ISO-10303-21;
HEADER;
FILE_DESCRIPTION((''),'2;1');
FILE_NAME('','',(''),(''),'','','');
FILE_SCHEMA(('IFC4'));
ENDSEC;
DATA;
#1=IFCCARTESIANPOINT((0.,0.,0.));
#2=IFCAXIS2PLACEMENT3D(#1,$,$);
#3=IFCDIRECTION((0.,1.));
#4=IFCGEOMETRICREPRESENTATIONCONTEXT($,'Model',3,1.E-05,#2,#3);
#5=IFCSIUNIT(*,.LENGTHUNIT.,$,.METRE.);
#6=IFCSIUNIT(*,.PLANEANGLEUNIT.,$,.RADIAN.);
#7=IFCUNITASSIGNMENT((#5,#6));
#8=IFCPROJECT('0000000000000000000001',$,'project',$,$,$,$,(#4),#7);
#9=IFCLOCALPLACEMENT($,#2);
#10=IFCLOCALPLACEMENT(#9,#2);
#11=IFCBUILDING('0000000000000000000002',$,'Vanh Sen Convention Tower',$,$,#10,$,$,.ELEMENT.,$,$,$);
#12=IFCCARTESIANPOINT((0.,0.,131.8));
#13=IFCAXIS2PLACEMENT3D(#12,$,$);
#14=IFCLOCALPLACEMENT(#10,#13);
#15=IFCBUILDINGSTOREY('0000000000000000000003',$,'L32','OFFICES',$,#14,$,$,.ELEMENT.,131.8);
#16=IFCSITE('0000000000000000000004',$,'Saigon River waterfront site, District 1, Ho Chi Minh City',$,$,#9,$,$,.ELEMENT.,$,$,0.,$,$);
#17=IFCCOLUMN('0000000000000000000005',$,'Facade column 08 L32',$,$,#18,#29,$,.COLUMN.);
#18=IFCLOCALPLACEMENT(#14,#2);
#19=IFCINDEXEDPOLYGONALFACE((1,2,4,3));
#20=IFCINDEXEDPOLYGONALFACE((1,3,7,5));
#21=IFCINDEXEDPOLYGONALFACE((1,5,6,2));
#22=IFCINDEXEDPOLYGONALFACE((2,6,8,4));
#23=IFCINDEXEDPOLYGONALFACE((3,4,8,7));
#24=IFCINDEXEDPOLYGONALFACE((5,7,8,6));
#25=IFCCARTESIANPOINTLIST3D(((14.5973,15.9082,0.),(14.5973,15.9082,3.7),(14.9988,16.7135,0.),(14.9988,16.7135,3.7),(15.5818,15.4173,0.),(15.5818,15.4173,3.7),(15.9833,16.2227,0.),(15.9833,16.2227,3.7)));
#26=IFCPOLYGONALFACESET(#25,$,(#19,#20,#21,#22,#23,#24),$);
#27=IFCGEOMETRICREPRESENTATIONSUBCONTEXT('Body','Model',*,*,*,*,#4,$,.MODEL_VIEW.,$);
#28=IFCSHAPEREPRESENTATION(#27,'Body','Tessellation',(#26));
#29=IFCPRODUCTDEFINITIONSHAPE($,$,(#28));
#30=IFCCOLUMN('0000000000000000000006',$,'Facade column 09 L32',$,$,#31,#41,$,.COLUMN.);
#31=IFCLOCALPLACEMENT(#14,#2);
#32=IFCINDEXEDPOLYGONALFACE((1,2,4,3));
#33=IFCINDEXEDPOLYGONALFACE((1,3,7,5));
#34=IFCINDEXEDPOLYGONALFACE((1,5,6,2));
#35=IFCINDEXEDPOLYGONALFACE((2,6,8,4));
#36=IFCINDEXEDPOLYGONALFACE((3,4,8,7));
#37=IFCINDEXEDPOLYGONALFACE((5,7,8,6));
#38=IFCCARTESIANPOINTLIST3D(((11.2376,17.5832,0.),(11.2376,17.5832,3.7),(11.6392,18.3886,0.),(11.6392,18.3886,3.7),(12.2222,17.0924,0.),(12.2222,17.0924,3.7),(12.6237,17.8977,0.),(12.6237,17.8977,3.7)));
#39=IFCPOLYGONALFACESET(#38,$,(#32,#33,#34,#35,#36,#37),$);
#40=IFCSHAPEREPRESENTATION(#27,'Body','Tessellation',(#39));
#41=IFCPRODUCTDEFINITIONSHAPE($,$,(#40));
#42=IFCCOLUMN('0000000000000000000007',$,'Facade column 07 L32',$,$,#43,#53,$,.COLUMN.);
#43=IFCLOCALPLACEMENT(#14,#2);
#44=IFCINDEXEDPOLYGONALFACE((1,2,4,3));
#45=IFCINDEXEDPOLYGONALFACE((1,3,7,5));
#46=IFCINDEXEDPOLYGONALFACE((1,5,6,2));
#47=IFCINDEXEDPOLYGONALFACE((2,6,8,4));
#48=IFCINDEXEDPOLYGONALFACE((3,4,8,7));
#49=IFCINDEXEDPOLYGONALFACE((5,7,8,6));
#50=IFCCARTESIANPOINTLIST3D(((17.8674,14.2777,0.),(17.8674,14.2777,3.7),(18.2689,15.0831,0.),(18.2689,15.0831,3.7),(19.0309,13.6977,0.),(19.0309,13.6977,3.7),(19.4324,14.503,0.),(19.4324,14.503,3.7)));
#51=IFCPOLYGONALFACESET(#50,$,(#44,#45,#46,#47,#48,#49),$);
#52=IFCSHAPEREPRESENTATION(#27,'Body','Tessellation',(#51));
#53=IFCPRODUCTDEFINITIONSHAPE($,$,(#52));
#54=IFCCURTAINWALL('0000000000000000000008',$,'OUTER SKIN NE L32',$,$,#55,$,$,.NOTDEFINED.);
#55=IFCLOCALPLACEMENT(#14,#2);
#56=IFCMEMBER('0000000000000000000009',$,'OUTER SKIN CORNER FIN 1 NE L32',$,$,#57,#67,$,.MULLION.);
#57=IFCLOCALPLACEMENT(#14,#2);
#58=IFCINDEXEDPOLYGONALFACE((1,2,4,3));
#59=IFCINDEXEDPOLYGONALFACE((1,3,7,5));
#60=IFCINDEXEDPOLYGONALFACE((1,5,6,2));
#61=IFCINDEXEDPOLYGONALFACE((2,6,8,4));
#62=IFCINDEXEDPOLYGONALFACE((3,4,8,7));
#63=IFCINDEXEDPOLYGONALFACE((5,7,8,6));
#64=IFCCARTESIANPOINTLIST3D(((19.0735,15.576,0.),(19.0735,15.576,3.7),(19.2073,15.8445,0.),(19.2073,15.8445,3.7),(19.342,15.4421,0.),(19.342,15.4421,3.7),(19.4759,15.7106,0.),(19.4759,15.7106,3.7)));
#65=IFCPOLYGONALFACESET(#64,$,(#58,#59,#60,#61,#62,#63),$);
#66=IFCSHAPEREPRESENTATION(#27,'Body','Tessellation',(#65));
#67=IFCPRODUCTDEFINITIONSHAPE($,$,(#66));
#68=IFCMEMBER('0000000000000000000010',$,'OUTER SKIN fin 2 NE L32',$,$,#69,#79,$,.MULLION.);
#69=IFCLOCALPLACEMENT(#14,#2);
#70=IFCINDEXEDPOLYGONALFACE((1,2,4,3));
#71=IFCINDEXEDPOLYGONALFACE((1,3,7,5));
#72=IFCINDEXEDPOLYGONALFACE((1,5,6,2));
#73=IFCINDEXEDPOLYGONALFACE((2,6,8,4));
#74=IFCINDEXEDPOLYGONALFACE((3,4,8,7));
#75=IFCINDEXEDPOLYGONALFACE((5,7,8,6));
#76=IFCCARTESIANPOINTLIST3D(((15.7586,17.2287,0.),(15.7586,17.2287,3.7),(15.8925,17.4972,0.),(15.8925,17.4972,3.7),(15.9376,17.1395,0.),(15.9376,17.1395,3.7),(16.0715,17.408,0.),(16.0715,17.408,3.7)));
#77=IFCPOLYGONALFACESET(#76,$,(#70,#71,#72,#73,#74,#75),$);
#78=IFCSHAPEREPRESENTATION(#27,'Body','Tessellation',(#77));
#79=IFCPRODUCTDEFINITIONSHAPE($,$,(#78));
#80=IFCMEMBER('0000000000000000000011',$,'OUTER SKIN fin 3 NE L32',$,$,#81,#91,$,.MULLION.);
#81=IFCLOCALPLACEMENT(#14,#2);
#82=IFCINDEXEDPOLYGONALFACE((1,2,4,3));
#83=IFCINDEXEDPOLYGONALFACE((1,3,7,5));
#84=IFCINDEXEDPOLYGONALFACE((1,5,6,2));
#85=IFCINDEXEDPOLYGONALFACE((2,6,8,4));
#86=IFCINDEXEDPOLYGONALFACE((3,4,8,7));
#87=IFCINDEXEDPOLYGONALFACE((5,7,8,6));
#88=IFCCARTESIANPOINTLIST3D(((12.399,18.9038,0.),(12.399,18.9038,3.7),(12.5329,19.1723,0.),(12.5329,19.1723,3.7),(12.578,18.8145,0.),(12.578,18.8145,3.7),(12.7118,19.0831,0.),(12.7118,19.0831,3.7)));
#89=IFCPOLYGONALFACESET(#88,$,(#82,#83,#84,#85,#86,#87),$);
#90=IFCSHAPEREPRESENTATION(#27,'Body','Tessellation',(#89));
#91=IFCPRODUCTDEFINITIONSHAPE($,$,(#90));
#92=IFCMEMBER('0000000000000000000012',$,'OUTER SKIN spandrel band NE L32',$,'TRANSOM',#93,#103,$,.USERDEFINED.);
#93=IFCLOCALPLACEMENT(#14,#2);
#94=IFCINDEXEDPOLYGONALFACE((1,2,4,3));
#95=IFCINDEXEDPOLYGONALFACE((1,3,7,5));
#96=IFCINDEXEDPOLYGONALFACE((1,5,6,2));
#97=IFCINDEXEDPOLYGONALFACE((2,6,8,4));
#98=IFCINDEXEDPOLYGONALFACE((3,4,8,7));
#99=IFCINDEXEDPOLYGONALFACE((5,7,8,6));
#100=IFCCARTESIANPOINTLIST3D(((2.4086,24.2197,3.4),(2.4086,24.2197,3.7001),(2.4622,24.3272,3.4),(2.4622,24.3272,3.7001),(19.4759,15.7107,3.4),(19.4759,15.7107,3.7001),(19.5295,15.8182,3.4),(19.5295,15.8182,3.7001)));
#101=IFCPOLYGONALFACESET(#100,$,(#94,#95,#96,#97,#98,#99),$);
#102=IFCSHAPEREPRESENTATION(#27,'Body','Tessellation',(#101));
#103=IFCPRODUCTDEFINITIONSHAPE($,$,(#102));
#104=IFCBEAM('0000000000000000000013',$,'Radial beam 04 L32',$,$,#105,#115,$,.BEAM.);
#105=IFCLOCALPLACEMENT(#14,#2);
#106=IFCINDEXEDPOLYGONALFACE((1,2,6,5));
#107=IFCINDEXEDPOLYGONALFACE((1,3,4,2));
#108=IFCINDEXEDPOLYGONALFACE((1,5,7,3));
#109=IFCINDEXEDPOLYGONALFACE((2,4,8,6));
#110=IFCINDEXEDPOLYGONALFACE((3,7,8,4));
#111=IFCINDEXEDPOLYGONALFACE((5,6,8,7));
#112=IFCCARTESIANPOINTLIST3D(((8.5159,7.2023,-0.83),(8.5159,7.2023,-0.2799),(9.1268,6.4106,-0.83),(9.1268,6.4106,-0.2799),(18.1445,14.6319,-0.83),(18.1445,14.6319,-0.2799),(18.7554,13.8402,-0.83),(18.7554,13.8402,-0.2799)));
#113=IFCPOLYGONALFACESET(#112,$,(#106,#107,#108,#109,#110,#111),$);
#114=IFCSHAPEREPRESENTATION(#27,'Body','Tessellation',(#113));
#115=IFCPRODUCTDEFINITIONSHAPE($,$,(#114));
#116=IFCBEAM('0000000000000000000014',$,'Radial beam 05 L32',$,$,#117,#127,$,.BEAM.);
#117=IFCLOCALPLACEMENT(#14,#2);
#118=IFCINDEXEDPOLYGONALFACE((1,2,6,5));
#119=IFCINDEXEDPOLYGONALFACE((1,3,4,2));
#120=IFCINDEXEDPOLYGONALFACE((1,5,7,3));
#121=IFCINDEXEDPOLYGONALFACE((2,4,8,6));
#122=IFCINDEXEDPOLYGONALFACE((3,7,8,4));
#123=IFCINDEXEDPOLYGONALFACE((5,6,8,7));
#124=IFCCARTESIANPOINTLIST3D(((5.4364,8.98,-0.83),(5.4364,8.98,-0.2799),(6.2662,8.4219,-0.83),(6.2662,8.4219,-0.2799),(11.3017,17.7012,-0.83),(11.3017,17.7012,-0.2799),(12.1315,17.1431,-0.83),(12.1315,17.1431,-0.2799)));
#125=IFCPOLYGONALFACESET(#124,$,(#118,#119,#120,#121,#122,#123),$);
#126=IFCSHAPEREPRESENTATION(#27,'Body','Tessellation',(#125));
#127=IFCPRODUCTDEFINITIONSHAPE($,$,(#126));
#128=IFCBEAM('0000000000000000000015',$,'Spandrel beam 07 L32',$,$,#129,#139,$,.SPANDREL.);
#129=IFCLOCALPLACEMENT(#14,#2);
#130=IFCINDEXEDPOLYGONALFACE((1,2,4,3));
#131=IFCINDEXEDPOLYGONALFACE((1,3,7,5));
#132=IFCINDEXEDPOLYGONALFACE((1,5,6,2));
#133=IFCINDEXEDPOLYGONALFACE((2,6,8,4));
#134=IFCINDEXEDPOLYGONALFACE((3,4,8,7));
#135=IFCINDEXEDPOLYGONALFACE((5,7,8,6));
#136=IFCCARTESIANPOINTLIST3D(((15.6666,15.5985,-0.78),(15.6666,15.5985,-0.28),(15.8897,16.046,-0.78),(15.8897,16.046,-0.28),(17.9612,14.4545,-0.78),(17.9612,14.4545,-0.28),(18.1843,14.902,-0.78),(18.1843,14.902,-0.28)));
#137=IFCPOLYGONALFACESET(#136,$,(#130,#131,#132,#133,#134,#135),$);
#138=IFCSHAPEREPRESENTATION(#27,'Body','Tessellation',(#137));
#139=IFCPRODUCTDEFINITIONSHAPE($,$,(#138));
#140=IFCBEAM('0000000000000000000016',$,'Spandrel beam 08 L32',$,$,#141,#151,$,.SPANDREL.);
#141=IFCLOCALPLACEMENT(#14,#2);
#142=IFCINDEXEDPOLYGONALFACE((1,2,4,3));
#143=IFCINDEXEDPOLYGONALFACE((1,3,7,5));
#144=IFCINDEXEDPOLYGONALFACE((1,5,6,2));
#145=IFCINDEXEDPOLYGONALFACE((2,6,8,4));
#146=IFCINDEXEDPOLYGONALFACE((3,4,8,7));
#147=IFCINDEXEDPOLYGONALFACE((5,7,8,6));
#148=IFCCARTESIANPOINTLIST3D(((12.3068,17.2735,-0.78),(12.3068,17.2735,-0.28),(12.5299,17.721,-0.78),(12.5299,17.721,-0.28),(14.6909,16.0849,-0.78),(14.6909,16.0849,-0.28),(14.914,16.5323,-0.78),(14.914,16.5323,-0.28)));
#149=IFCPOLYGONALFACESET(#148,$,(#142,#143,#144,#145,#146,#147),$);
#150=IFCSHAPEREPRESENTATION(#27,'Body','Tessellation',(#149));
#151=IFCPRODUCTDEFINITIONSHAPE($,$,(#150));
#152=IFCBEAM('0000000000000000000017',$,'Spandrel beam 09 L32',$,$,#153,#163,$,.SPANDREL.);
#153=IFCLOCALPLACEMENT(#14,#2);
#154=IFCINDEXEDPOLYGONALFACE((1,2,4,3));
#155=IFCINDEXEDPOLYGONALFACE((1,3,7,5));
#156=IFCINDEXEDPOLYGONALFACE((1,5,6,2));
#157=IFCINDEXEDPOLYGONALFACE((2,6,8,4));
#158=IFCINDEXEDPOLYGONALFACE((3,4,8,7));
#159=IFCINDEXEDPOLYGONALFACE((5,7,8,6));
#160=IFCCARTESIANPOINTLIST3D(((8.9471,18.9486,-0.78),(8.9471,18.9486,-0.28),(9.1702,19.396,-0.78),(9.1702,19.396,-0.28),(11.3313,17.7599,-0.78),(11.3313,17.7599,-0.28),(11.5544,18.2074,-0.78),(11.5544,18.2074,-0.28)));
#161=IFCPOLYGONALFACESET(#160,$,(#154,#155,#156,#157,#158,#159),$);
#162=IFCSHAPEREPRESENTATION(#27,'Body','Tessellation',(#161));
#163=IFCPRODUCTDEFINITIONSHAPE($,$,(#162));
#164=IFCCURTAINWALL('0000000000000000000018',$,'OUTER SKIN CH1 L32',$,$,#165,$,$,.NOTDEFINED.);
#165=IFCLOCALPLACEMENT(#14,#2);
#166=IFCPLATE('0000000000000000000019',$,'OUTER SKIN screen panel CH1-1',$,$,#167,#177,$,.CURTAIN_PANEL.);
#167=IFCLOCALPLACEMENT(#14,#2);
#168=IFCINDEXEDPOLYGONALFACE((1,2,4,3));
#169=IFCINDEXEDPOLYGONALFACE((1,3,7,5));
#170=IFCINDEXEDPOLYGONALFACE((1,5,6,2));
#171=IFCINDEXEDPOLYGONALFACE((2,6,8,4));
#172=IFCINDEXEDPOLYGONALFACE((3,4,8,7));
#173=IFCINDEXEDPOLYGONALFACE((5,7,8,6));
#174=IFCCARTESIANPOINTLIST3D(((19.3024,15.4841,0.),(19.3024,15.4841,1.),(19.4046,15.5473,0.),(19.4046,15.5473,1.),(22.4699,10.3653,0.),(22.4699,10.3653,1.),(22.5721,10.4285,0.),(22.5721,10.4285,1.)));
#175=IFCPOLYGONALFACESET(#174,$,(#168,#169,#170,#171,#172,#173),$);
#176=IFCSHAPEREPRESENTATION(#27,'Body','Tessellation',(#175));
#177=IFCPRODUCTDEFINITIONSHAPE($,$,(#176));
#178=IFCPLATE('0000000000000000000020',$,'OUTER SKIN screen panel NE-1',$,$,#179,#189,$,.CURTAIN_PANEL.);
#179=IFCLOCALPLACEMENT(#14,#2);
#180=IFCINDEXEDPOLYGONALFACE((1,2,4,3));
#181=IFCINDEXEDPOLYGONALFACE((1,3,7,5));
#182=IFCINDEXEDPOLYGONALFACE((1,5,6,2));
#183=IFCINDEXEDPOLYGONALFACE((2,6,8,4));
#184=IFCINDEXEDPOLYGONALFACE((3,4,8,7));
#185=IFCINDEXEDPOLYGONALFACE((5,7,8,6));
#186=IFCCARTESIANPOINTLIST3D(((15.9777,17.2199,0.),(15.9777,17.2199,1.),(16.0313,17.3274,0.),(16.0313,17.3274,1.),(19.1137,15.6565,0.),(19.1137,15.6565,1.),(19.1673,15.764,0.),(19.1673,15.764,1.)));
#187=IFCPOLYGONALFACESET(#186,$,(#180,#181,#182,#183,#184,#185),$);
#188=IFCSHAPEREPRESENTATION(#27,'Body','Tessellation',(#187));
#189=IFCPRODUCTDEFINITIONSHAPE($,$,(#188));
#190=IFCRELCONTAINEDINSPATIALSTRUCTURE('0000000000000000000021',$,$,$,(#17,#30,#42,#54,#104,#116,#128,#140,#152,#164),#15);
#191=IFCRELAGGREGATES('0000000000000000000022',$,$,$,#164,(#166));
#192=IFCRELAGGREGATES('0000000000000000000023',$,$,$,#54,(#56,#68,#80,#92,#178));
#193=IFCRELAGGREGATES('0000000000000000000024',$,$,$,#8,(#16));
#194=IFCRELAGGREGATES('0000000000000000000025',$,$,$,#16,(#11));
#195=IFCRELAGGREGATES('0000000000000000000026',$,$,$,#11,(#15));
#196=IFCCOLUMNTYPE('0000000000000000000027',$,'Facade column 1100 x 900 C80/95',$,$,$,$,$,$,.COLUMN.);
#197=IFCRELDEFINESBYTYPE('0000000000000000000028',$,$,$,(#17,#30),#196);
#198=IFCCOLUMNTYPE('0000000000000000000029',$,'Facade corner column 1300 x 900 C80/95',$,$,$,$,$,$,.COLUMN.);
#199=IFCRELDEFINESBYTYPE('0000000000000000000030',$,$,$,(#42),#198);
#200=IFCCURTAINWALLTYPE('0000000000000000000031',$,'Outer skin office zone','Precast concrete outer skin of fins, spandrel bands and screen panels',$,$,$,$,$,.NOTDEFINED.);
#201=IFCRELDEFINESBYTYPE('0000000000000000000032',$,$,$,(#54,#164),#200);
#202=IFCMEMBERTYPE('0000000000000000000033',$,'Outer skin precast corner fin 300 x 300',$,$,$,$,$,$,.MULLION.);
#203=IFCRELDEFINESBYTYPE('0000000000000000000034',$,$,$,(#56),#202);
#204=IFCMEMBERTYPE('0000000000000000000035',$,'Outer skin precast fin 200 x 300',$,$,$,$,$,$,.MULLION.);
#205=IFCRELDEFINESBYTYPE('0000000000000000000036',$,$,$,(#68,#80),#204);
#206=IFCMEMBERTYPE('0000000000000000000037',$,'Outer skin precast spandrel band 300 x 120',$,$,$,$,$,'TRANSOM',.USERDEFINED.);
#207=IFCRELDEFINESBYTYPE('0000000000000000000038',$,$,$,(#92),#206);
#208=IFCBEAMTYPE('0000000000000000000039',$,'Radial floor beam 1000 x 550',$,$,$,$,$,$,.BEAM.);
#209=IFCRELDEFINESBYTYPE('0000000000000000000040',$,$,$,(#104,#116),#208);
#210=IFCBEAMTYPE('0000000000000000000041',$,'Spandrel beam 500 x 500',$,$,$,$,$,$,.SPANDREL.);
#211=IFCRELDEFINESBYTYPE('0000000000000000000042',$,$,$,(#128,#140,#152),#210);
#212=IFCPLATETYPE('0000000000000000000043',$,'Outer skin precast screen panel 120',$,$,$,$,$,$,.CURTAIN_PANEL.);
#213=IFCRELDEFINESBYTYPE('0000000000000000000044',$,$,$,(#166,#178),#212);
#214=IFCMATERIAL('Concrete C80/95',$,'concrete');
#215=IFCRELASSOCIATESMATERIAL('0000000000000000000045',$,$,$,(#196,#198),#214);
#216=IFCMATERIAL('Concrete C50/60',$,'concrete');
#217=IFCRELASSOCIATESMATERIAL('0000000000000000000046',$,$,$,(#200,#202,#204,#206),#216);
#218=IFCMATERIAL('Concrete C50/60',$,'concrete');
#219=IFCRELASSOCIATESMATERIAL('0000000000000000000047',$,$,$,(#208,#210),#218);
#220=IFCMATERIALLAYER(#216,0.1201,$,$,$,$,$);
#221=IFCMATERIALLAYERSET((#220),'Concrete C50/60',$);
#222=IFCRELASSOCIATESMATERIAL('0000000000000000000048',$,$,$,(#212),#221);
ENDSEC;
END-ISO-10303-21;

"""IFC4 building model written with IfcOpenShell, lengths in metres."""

from ifc_helpers import new_model, si_unit, direction, frame, origin, origin_2d, place, context, subcontext, project, spatial, rectangle, extrude, material, layer, layer_set, material_profile, profile_set, type_object, element, aggregate, save


model = new_model("IFC4")

# Units and contexts
model_context = context("Model", 3, precision=1e-05, world=origin(), true_north=direction((0.0, 1.0)))
body_context = subcontext(model_context, "Body", "Model", "MODEL_VIEW")
ifc_project = project(units=[si_unit("LENGTHUNIT", "METRE"), si_unit("PLANEANGLEUNIT", "RADIAN")], contexts=[model_context])

# Site, building, storey
site_placement = place(None, origin())
site = spatial("IfcSite", under=ifc_project, at=site_placement, Name="Saigon River waterfront site, District 1, Ho Chi Minh City", CompositionType="ELEMENT", RefElevation=0.0)
building_placement = place(site_placement, origin())
building = spatial("IfcBuilding", under=site, at=building_placement, Name="Vanh Sen Convention Tower", CompositionType="ELEMENT")
storey_placement = place(building_placement, frame((0.0, 0.0, 131.8)))
storey = spatial("IfcBuildingStorey", under=building, at=storey_placement, Name="L32", Description="OFFICES", CompositionType="ELEMENT", Elevation=131.8)

# Columns
ifc_material_1 = material(Name="Concrete C80/95", Category="concrete")
ifc_material_profile_1 = material_profile(ifc_material_1, rectangle(XDim=1.1001, YDim=0.8999, at=origin_2d()), Name="RC 1100X900")
ifc_profile_set_1 = profile_set([ifc_material_profile_1], Name="Concrete C80/95")
column_type_1 = type_object("IfcColumnType", Name="Facade column 1100 x 900 C80/95", PredefinedType="COLUMN", material=ifc_profile_set_1)
for number, where, z_axis, x_axis, name in (
    (1, (15.2903, 16.0654, 0.0), (0.0, 0.0, 1.0), (-0.894934, 0.446198, 0.0), "Facade column 08 L32"),
    (2, (11.9307, 17.7405, 0.0), (0.0, 0.0, 1.0), (-0.894934, 0.446198, 0.0), "Facade column 09 L32"),
):
    element("IfcColumn", number, at=place(storey_placement, frame(where, z_axis=z_axis, x_axis=x_axis)), inside=storey, type_object=column_type_1, Name=name, PredefinedType="COLUMN", context=body_context, shape_type="SweptSolid", body=[
        extrude(rectangle(XDim=1.1001, YDim=0.8999, at=origin_2d()), origin(), (0.0, 0.0, 1.0), 3.7),
    ])
ifc_material_profile_2 = material_profile(ifc_material_1, rectangle(XDim=1.3, YDim=0.8999, at=origin_2d()), Name="RC 1300X900")
ifc_profile_set_2 = profile_set([ifc_material_profile_2], Name="Concrete C80/95")
column_type_2 = type_object("IfcColumnType", Name="Facade corner column 1300 x 900 C80/95", PredefinedType="COLUMN", material=ifc_profile_set_2)
column_placement = place(storey_placement, frame((18.6499, 14.3904, 0.0), z_axis=(0.0, 0.0, 1.0), x_axis=(-0.894934, 0.446198, 0.0)))
element("IfcColumn", 3, at=column_placement, inside=storey, type_object=column_type_2, Name="Facade column 07 L32", PredefinedType="COLUMN", context=body_context, shape_type="SweptSolid", body=[
    extrude(rectangle(XDim=1.3, YDim=0.8999, at=origin_2d()), origin(), (0.0, 0.0, 1.0), 3.7),
])

# Curtain wall, members
ifc_material_2 = material(Name="Concrete C50/60", Category="concrete")
curtain_wall_type = type_object("IfcCurtainWallType", Name="Outer skin office zone", Description="Precast concrete outer skin of fins, spandrel bands and screen panels", PredefinedType="NOTDEFINED", material=ifc_material_2)
curtain_wall_1_placement = place(storey_placement, origin())
curtain_wall_1 = element("IfcCurtainWall", 4, at=curtain_wall_1_placement, inside=storey, type_object=curtain_wall_type, Name="OUTER SKIN NE L32", PredefinedType="NOTDEFINED")
ifc_material_profile_3 = material_profile(ifc_material_2, rectangle(XDim=0.3, YDim=0.3, at=origin_2d()), Name="Outer skin precast corner fin 300 x 300")
ifc_profile_set_3 = profile_set([ifc_material_profile_3], Name="Concrete C50/60")
member_type_1 = type_object("IfcMemberType", Name="Outer skin precast corner fin 300 x 300", PredefinedType="MULLION", material=ifc_profile_set_3)
member_1_placement = place(storey_placement, frame((19.2747, 15.6433, 0.0), z_axis=(0.0, 0.0, 1.0), x_axis=(-0.894934, 0.446198, 0.0)))
member_1 = element("IfcMember", 5, at=member_1_placement, type_object=member_type_1, Name="OUTER SKIN CORNER FIN 1 NE L32", PredefinedType="MULLION", context=body_context, shape_type="SweptSolid", body=[
    extrude(rectangle(XDim=0.3, YDim=0.3, at=origin_2d()), origin(), (0.0, 0.0, 1.0), 3.7),
])
ifc_material_profile_4 = material_profile(ifc_material_2, rectangle(XDim=0.2, YDim=0.3, at=origin_2d()), Name="Outer skin precast fin 200 x 300")
ifc_profile_set_4 = profile_set([ifc_material_profile_4], Name="Concrete C50/60")
member_type_2 = type_object("IfcMemberType", Name="Outer skin precast fin 200 x 300", PredefinedType="MULLION", material=ifc_profile_set_4)
member_2_placement = place(storey_placement, frame((15.915, 17.3184, 0.0), z_axis=(0.0, 0.0, 1.0), x_axis=(-0.894934, 0.446198, 0.0)))
member_2 = element("IfcMember", 6, at=member_2_placement, type_object=member_type_2, Name="OUTER SKIN fin 2 NE L32", PredefinedType="MULLION", context=body_context, shape_type="SweptSolid", body=[
    extrude(rectangle(XDim=0.2, YDim=0.3, at=origin_2d()), origin(), (0.0, 0.0, 1.0), 3.7),
])
member_3_placement = place(storey_placement, frame((12.5554, 18.9934, 0.0), z_axis=(0.0, 0.0, 1.0), x_axis=(-0.894934, 0.446198, 0.0)))
member_3 = element("IfcMember", 7, at=member_3_placement, type_object=member_type_2, Name="OUTER SKIN fin 3 NE L32", PredefinedType="MULLION", context=body_context, shape_type="SweptSolid", body=[
    extrude(rectangle(XDim=0.2, YDim=0.3, at=origin_2d()), origin(), (0.0, 0.0, 1.0), 3.7),
])
ifc_material_profile_5 = material_profile(ifc_material_2, rectangle(XDim=0.1201, YDim=0.3, at=origin_2d()), Name="Outer skin precast spandrel band 300 x 120")
ifc_profile_set_5 = profile_set([ifc_material_profile_5], Name="Concrete C50/60")
member_type_3 = type_object("IfcMemberType", Name="Outer skin precast spandrel band 300 x 120", ElementType="TRANSOM", PredefinedType="USERDEFINED", material=ifc_profile_set_5)
member_4_placement = place(storey_placement, frame((19.5027, 15.7644, 3.55), z_axis=(-0.894941, 0.446184, 0.0), x_axis=(-0.446184, -0.894941, 0.0)))
member_4 = element("IfcMember", 8, at=member_4_placement, type_object=member_type_3, Name="OUTER SKIN spandrel band NE L32", ObjectType="TRANSOM", PredefinedType="USERDEFINED", context=body_context, shape_type="SweptSolid", body=[
    extrude(rectangle(XDim=0.1201, YDim=0.3, at=origin_2d()), origin(), (0.0, 0.0, 1.0), 19.0708),
])

# Beams
ifc_material_3 = material(Name="Concrete C50/60", Category="concrete")
ifc_material_profile_6 = material_profile(ifc_material_3, rectangle(XDim=1.0, YDim=0.55, at=origin_2d()), Name="RC 1000X550")
ifc_profile_set_6 = profile_set([ifc_material_profile_6], Name="Concrete C50/60")
beam_type_1 = type_object("IfcBeamType", Name="Radial floor beam 1000 x 550", PredefinedType="BEAM", material=ifc_profile_set_6)
beam_1_placement = place(storey_placement, frame((18.45, 14.2361, -0.5549), z_axis=(-0.791708, -0.610899, 0.0), x_axis=(0.610899, -0.791708, 0.0)))
element("IfcBeam", 9, at=beam_1_placement, inside=storey, type_object=beam_type_1, Name="Radial beam 04 L32", PredefinedType="BEAM", context=body_context, shape_type="SweptSolid", body=[
    extrude(rectangle(XDim=1.0, YDim=0.55, at=origin_2d()), origin(), (0.0, 0.0, 1.0), 12.1619),
])
beam_2_placement = place(storey_placement, frame((11.7166, 17.4221, -0.5549), z_axis=(-0.558062, -0.829799, 0.0), x_axis=(0.829799, -0.558062, 0.0)))
element("IfcBeam", 10, at=beam_2_placement, inside=storey, type_object=beam_type_1, Name="Radial beam 05 L32", PredefinedType="BEAM", context=body_context, shape_type="SweptSolid", body=[
    extrude(rectangle(XDim=1.0, YDim=0.55, at=origin_2d()), origin(), (0.0, 0.0, 1.0), 10.51),
])
ifc_material_profile_7 = material_profile(ifc_material_3, rectangle(XDim=0.5, YDim=0.5, at=origin_2d()), Name="RC 500X500")
ifc_profile_set_7 = profile_set([ifc_material_profile_7], Name="Concrete C50/60")
beam_type_2 = type_object("IfcBeamType", Name="Spandrel beam 500 x 500", PredefinedType="SPANDREL", material=ifc_profile_set_7)
beam_3_placement = place(storey_placement, frame((18.0728, 14.6782, -0.53), z_axis=(-0.894941, 0.446185, 0.0), x_axis=(-0.446185, -0.894941, 0.0)))
element("IfcBeam", 11, at=beam_3_placement, inside=storey, type_object=beam_type_2, Name="Spandrel beam 07 L32", PredefinedType="SPANDREL", context=body_context, shape_type="SweptSolid", body=[
    extrude(rectangle(XDim=0.5, YDim=0.5, at=origin_2d()), origin(), (0.0, 0.0, 1.0), 2.564),
])
for number, where, z_axis, x_axis, name in (
    (12, (14.8025, 16.3086, -0.53), (-0.89494, 0.446187, 0.0), (-0.446187, -0.89494, 0.0), "Spandrel beam 08 L32"),
    (13, (11.4429, 17.9836, -0.53), (-0.89494, 0.446187, 0.0), (-0.446187, -0.89494, 0.0), "Spandrel beam 09 L32"),
):
    element("IfcBeam", number, at=place(storey_placement, frame(where, z_axis=z_axis, x_axis=x_axis)), inside=storey, type_object=beam_type_2, Name=name, PredefinedType="SPANDREL", context=body_context, shape_type="SweptSolid", body=[
        extrude(rectangle(XDim=0.5, YDim=0.5, at=origin_2d()), origin(), (0.0, 0.0, 1.0), 2.6641),
    ])

# Curtain wall, plate
curtain_wall_2_placement = place(storey_placement, origin())
curtain_wall_2 = element("IfcCurtainWall", 14, at=curtain_wall_2_placement, inside=storey, type_object=curtain_wall_type, Name="OUTER SKIN CH1 L32", PredefinedType="NOTDEFINED")
ifc_layer_1 = layer(ifc_material_2, 0.1201)
ifc_layer_set_1 = layer_set([ifc_layer_1], Name="Concrete C50/60")
plate_type = type_object("IfcPlateType", Name="Outer skin precast screen panel 120", PredefinedType="CURTAIN_PANEL", material=ifc_layer_set_1)
plate_1_placement = place(storey_placement, frame((20.9373, 12.9563, 0.0), z_axis=(0.0, 0.0, 1.0), x_axis=(-0.526204, 0.850359, 0.0)))
plate_1 = element("IfcPlate", 15, at=plate_1_placement, type_object=plate_type, Name="OUTER SKIN screen panel CH1-1", PredefinedType="CURTAIN_PANEL", context=body_context, shape_type="SweptSolid", body=[
    extrude(rectangle(XDim=6.0195, YDim=0.1201, at=origin_2d()), origin(), (0.0, 0.0, 1.0), 1.0),
])
aggregate(curtain_wall_2, [plate_1])

# Plate
plate_2_placement = place(storey_placement, frame((17.5725, 16.4919, 0.0), z_axis=(0.0, 0.0, 1.0), x_axis=(-0.894944, 0.446179, 0.0)))
plate_2 = element("IfcPlate", 16, at=plate_2_placement, type_object=plate_type, Name="OUTER SKIN screen panel NE-1", PredefinedType="CURTAIN_PANEL", context=body_context, shape_type="SweptSolid", body=[
    extrude(rectangle(XDim=3.5042, YDim=0.1201, at=origin_2d()), origin(), (0.0, 0.0, 1.0), 1.0),
])
aggregate(curtain_wall_1, [member_1, member_2, member_3, member_4, plate_2])

save(model, "model.ifc")
